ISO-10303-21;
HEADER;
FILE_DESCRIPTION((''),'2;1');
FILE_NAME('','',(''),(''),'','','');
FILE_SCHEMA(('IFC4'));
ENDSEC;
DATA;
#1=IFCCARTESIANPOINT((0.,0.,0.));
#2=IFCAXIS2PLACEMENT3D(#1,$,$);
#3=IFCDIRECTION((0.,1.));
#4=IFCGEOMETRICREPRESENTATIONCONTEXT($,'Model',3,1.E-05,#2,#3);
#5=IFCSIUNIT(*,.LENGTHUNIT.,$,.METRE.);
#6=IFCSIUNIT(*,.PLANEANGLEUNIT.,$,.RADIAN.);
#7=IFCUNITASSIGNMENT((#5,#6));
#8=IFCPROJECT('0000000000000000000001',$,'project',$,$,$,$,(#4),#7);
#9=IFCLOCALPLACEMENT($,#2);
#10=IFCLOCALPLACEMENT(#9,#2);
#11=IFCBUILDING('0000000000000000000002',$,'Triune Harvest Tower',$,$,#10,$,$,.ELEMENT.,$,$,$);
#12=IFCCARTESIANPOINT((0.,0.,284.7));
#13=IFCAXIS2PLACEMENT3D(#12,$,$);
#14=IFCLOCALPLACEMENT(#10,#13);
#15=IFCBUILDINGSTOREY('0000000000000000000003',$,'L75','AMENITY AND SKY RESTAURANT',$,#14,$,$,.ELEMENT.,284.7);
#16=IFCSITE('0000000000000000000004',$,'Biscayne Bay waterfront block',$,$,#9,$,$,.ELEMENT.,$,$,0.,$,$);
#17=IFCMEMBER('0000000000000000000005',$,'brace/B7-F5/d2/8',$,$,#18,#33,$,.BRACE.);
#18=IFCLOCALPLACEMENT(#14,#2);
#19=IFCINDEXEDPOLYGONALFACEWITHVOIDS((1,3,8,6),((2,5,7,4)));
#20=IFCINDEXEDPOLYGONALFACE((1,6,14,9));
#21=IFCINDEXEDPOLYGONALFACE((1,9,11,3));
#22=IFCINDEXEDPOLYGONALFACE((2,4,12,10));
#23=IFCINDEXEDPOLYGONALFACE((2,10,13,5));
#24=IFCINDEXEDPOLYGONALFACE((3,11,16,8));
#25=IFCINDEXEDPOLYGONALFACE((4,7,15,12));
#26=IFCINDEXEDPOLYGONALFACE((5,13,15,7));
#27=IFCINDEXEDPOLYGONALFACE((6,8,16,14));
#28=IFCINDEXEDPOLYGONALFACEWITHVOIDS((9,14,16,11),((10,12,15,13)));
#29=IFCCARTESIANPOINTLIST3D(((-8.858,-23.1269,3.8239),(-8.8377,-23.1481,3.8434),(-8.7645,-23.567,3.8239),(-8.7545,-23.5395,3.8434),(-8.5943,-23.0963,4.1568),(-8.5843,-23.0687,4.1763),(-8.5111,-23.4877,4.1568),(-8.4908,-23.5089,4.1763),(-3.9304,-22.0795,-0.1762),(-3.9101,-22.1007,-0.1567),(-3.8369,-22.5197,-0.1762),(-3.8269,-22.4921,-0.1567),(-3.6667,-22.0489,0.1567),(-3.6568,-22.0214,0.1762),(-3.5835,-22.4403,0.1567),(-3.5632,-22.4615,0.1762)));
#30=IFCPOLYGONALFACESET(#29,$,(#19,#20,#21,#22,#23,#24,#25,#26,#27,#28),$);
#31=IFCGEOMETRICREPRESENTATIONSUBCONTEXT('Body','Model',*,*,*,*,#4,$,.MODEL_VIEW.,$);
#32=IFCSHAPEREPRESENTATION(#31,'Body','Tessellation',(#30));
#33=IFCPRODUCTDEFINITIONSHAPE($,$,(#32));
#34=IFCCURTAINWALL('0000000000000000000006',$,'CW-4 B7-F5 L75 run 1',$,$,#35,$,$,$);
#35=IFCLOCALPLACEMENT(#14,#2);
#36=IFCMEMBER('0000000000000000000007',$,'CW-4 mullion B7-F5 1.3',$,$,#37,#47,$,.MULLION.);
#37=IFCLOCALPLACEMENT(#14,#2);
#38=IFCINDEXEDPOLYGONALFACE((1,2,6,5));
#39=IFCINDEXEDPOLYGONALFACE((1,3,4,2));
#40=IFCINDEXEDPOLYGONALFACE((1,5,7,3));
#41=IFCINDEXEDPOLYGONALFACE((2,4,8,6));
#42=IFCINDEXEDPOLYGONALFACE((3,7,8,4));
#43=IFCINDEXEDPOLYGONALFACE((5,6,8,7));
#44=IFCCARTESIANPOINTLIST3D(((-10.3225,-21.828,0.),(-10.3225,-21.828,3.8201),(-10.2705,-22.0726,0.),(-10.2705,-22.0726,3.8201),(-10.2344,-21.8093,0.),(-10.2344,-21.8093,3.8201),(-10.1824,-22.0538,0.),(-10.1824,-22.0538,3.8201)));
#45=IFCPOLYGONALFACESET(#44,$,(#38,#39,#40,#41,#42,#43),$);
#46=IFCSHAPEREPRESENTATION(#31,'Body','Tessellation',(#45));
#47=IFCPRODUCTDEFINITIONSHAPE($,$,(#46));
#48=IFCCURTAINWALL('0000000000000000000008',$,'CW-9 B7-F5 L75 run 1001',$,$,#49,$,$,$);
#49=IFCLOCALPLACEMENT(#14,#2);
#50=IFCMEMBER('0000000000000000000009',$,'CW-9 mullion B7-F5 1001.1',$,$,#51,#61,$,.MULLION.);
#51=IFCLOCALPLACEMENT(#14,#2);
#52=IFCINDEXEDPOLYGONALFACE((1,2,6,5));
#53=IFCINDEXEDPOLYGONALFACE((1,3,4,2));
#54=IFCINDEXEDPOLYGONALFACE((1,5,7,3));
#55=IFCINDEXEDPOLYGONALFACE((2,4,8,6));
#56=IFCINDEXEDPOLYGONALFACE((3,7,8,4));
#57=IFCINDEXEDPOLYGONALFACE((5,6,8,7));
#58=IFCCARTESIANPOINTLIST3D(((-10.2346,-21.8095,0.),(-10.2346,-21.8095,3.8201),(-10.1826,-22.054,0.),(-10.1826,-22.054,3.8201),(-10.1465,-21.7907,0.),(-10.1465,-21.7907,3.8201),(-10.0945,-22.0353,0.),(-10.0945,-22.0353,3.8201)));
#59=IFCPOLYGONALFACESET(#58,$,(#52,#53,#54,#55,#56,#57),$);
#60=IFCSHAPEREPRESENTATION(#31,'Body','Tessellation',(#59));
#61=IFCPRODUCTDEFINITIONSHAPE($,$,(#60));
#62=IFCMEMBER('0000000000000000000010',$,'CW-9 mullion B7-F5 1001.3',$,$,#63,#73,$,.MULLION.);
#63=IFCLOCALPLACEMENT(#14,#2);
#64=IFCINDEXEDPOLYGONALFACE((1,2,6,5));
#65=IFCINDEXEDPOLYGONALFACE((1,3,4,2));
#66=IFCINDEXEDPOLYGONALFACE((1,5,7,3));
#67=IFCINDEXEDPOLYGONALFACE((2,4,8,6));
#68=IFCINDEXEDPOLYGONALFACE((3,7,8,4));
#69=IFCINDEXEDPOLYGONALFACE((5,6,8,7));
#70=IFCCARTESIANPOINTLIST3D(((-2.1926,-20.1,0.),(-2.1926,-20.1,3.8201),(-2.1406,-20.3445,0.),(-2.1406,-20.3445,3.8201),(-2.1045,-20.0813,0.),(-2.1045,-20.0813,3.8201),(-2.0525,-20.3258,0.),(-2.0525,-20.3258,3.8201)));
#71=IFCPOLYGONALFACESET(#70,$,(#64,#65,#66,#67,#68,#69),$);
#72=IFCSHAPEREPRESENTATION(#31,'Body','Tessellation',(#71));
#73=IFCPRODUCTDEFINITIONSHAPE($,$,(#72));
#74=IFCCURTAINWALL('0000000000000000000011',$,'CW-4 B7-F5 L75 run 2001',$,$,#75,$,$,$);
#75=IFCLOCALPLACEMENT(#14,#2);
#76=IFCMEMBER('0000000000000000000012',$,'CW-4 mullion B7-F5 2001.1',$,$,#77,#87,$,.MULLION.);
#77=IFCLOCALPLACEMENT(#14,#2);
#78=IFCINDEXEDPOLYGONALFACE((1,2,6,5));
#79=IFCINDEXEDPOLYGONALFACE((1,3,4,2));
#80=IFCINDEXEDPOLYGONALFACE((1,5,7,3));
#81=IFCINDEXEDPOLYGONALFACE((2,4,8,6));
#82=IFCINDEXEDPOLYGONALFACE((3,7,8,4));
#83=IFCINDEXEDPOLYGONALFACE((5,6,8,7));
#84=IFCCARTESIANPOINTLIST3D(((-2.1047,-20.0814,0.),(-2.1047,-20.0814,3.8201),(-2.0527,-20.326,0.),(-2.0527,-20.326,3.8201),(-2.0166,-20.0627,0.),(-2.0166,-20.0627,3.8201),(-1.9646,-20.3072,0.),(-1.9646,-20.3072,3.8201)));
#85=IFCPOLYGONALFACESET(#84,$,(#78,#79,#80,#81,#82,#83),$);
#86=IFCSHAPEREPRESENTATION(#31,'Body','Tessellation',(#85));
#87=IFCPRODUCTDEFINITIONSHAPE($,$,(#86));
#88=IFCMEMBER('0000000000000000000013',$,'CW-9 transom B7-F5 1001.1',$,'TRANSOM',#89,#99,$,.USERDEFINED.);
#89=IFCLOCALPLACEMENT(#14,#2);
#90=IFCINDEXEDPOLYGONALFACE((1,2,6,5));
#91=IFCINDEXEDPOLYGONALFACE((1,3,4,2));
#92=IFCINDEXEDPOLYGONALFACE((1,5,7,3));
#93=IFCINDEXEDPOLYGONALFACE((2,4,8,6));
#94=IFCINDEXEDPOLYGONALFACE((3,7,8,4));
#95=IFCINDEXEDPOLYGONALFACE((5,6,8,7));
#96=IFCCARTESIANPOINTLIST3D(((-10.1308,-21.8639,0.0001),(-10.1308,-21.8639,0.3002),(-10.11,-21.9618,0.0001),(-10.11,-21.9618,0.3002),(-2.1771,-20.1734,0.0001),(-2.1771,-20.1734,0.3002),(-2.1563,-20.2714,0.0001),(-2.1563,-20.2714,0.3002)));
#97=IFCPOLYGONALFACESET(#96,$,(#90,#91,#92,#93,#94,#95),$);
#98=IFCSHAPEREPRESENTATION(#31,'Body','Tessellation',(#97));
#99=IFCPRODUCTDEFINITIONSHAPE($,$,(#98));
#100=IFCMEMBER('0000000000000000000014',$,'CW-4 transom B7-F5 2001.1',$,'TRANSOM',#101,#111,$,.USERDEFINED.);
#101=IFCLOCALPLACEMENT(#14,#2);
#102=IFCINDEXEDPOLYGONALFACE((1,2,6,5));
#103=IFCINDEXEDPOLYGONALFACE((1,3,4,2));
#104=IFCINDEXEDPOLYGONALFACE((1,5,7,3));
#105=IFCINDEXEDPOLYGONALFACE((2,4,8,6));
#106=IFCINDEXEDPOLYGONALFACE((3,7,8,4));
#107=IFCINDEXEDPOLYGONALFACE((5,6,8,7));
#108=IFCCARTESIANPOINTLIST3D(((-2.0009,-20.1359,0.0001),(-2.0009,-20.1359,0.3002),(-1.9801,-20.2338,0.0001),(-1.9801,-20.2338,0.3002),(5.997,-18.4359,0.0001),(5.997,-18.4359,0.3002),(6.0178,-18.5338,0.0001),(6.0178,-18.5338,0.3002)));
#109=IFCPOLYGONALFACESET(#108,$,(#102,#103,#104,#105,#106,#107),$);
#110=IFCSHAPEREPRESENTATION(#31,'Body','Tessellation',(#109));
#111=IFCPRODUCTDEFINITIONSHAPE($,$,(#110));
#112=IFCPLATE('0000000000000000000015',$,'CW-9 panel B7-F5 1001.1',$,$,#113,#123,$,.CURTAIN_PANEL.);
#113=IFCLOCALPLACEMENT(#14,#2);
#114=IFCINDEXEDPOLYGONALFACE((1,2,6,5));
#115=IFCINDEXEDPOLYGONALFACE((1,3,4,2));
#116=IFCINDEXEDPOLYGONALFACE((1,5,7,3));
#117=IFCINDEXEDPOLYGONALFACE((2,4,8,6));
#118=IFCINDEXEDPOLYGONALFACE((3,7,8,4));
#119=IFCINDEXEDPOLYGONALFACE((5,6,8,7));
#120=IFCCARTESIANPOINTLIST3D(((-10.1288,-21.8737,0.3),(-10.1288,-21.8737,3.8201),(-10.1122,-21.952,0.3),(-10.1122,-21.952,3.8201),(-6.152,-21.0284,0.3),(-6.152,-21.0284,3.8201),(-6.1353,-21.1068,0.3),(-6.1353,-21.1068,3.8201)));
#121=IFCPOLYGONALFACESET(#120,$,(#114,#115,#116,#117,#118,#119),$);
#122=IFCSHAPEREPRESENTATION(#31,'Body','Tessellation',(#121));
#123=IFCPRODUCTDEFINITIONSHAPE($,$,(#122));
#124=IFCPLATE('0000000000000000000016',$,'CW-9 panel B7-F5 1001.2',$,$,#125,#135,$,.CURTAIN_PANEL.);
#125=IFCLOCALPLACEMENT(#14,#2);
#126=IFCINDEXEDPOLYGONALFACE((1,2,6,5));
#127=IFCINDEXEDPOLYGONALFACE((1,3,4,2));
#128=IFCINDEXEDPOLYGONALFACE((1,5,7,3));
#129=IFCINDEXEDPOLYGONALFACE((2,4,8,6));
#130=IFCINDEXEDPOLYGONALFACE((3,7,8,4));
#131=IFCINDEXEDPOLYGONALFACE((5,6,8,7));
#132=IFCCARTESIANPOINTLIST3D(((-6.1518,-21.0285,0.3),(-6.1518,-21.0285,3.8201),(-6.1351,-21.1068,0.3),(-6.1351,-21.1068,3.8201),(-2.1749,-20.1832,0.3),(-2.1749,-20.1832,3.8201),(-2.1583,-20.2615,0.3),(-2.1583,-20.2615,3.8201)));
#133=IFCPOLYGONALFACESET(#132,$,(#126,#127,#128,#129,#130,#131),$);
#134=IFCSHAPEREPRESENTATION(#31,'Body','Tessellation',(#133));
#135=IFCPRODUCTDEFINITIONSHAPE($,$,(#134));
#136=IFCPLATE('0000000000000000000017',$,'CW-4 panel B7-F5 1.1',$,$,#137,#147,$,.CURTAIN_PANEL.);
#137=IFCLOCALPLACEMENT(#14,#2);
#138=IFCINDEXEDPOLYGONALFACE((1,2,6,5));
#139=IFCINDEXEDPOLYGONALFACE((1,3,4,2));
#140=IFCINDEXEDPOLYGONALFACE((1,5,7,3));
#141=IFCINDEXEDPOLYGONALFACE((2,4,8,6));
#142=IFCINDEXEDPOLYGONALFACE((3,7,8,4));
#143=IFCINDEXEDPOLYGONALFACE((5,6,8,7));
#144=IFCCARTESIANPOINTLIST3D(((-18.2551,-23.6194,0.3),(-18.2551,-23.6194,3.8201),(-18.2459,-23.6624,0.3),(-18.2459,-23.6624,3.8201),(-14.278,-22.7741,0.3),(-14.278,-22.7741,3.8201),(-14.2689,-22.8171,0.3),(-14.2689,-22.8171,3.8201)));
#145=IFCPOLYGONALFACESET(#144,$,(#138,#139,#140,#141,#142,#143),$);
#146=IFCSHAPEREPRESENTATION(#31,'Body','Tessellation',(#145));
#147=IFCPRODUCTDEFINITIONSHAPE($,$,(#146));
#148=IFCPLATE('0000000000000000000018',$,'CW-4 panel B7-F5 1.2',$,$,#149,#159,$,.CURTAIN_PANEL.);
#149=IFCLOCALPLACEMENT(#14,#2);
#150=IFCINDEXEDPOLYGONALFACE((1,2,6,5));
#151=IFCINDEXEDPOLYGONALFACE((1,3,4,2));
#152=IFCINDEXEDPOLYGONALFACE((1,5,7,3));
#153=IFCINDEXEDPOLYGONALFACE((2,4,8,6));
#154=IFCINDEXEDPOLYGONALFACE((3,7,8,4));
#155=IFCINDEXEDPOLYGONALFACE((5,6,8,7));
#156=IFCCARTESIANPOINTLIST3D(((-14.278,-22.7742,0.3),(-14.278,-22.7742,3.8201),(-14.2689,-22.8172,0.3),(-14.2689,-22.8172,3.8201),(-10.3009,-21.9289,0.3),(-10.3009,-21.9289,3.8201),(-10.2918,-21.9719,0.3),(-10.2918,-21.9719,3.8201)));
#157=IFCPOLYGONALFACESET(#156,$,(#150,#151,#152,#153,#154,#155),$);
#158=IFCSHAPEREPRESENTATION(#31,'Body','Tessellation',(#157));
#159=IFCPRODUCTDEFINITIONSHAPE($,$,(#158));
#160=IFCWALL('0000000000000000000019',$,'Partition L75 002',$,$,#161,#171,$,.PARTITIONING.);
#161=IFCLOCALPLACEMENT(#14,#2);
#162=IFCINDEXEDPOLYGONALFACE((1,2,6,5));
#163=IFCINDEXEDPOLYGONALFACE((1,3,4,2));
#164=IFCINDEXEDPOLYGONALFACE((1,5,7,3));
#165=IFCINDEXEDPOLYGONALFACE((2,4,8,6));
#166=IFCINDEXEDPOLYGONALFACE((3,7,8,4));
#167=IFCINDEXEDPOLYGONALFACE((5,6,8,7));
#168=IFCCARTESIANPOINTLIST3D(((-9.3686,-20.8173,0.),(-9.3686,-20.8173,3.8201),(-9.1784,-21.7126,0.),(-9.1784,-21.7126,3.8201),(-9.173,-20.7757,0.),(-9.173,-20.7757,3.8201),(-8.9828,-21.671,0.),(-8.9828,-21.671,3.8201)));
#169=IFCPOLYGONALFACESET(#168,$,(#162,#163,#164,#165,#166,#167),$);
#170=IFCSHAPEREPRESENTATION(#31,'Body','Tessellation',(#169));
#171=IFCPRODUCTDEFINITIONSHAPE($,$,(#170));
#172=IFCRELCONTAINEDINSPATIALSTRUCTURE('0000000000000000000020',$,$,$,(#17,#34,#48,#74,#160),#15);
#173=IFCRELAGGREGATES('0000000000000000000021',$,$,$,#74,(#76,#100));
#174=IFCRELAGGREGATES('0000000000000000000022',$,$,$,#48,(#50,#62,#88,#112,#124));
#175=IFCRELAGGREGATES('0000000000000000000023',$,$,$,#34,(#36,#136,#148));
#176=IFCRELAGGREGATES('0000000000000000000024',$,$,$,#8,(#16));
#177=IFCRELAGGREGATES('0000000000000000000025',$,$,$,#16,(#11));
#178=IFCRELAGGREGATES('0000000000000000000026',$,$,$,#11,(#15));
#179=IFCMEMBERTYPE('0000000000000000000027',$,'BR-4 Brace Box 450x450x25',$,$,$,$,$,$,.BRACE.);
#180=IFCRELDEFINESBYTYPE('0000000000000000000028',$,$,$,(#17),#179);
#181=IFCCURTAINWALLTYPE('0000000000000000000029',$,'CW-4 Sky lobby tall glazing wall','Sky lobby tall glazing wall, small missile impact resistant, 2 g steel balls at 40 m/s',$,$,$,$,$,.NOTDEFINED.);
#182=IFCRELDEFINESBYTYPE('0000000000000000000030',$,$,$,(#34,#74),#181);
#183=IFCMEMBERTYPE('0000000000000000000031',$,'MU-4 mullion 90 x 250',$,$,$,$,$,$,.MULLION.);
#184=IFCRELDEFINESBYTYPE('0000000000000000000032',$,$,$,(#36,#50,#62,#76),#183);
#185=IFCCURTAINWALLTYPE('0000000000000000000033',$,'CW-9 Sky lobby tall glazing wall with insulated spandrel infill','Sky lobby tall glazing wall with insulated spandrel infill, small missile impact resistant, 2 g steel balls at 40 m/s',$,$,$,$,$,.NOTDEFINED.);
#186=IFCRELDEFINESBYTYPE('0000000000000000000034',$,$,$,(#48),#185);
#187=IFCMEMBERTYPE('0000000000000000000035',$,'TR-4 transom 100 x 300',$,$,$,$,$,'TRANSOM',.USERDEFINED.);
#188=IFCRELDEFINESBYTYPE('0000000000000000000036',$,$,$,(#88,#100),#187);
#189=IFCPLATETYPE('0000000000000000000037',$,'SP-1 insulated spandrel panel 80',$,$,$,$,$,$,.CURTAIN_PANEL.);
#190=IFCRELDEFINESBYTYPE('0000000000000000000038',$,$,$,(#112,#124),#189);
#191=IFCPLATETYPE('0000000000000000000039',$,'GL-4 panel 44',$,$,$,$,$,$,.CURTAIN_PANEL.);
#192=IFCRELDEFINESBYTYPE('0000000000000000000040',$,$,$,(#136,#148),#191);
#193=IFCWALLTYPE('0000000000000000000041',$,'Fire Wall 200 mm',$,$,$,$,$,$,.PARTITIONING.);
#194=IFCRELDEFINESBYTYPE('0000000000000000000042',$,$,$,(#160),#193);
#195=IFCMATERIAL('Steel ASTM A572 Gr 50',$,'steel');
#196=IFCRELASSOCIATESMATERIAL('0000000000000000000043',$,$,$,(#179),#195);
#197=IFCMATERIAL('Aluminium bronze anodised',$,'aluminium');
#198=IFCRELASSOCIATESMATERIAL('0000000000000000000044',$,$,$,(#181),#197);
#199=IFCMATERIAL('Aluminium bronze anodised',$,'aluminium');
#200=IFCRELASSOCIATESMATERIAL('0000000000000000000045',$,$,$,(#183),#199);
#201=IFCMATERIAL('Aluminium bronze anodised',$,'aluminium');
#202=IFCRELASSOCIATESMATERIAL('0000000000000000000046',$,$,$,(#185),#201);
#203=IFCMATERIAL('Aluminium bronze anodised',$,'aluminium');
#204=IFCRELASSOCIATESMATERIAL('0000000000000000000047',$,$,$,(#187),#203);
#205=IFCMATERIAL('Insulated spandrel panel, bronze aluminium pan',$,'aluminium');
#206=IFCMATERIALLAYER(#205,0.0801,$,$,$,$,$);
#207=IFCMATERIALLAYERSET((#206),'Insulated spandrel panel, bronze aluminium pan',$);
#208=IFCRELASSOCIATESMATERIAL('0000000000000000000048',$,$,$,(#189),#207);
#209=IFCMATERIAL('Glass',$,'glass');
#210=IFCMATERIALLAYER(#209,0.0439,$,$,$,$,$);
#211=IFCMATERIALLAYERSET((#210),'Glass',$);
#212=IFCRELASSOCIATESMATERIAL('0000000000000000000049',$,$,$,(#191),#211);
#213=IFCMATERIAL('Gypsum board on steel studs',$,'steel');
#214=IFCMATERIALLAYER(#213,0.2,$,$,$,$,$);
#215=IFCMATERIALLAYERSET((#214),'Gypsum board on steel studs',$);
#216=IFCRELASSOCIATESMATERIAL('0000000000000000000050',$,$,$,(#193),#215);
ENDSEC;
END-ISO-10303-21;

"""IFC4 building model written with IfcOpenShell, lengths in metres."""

from ifc_helpers import new_model, si_unit, direction, frame, frame_2d, origin, origin_2d, place, context, subcontext, project, spatial, rectangle, hollow_rectangle, extrude, source, transform, mapped, material, layer, layer_set, material_profile, profile_set, type_object, element, aggregate, save


model = new_model("IFC4")

# Units and contexts
model_context = context("Model", 3, precision=1e-05, world=origin(), true_north=direction((0.0, 1.0)))
body_context = subcontext(model_context, "Body", "Model", "MODEL_VIEW")
ifc_project = project(units=[si_unit("LENGTHUNIT", "METRE"), si_unit("PLANEANGLEUNIT", "RADIAN")], contexts=[model_context])

# Site, building, storey
site_placement = place(None, origin())
site = spatial("IfcSite", under=ifc_project, at=site_placement, Name="Biscayne Bay waterfront block", CompositionType="ELEMENT", RefElevation=0.0)
building_placement = place(site_placement, origin())
building = spatial("IfcBuilding", under=site, at=building_placement, Name="Triune Harvest Tower", CompositionType="ELEMENT")
storey_placement = place(building_placement, frame((0.0, 0.0, 284.7)))
storey = spatial("IfcBuildingStorey", under=building, at=storey_placement, Name="L75", Description="AMENITY AND SKY RESTAURANT", CompositionType="ELEMENT", Elevation=284.7)

# Member
ifc_material_1 = material(Name="Steel ASTM A572 Gr 50", Category="steel")
ifc_material_profile_1 = material_profile(ifc_material_1, hollow_rectangle(XDim=0.45, YDim=0.45, WallThickness=0.0249, at=origin_2d()), Name="Box 450x450x25")
ifc_profile_set_1 = profile_set([ifc_material_profile_1], Name="Steel ASTM A572 Gr 50")
member_type_1 = type_object("IfcMemberType", Name="BR-4 Brace Box 450x450x25", PredefinedType="BRACE", material=ifc_profile_set_1)
shared_shape_1 = source(origin(), body_context, "Body", "SweptSolid", [
    extrude(hollow_rectangle(XDim=0.45, YDim=0.45, WallThickness=0.0249, at=origin_2d()), origin(), (0.0, 0.0, 1.0), 6.4326),
])
member_1_placement = place(storey_placement, frame((-3.7468, -22.2705, 0.0), z_axis=(-0.76603, -0.162824, 0.621842), x_axis=(0.20791, -0.978148, 0.0)))
element("IfcMember", 1, at=member_1_placement, inside=storey, type_object=member_type_1, Name="brace/B7-F5/d2/8", PredefinedType="BRACE", context=body_context, shape_type="MappedRepresentation", body=[
    mapped(shared_shape_1, transform((0.0, 0.0, 0.0), scale=1.0)),
])

# Curtain wall, member
ifc_material_2 = material(Name="Aluminium bronze anodised", Category="aluminium")
curtain_wall_type_1 = type_object("IfcCurtainWallType", Name="CW-4 Sky lobby tall glazing wall", Description="Sky lobby tall glazing wall, small missile impact resistant, 2 g steel balls at 40 m/s", PredefinedType="NOTDEFINED", material=ifc_material_2)
curtain_wall_1_placement = place(storey_placement, origin())
curtain_wall_1 = element("IfcCurtainWall", 2, at=curtain_wall_1_placement, inside=storey, type_object=curtain_wall_type_1, Name="CW-4 B7-F5 L75 run 1")
ifc_material_3 = material(Name="Aluminium bronze anodised", Category="aluminium")
ifc_material_profile_2 = material_profile(ifc_material_3, rectangle(XDim=0.25, YDim=0.0901, at=origin_2d()), Name="MU-4 mullion 90 x 250")
ifc_profile_set_2 = profile_set([ifc_material_profile_2], Name="Aluminium bronze anodised")
member_type_2 = type_object("IfcMemberType", Name="MU-4 mullion 90 x 250", PredefinedType="MULLION", material=ifc_profile_set_2)
shared_shape_2 = source(origin(), body_context, "Body", "SweptSolid", [
    extrude(rectangle(XDim=0.25, YDim=0.0901, at=origin_2d()), origin(), (0.0, 0.0, 1.0), 3.8201),
])
member_2_placement = place(storey_placement, frame((-10.2524, -21.9409, 0.0), z_axis=(0.0, 0.0, 1.0), x_axis=(-0.207913, 0.978147, 0.0)))
member_2 = element("IfcMember", 3, at=member_2_placement, type_object=member_type_2, Name="CW-4 mullion B7-F5 1.3", PredefinedType="MULLION", context=body_context, shape_type="MappedRepresentation", body=[
    mapped(shared_shape_2, transform((0.0, 0.0, 0.0), scale=1.0)),
])

# Curtain wall, members
ifc_material_4 = material(Name="Aluminium bronze anodised", Category="aluminium")
curtain_wall_type_2 = type_object("IfcCurtainWallType", Name="CW-9 Sky lobby tall glazing wall with insulated spandrel infill", Description="Sky lobby tall glazing wall with insulated spandrel infill, small missile impact resistant, 2 g steel balls at 40 m/s", PredefinedType="NOTDEFINED", material=ifc_material_4)
curtain_wall_2_placement = place(storey_placement, origin())
curtain_wall_2 = element("IfcCurtainWall", 4, at=curtain_wall_2_placement, inside=storey, type_object=curtain_wall_type_2, Name="CW-9 B7-F5 L75 run 1001")
member_3_placement = place(storey_placement, frame((-10.1646, -21.9224, 0.0), z_axis=(0.0, 0.0, 1.0), x_axis=(-0.207904, 0.978149, 0.0)))
member_3 = element("IfcMember", 5, at=member_3_placement, type_object=member_type_2, Name="CW-9 mullion B7-F5 1001.1", PredefinedType="MULLION", context=body_context, shape_type="MappedRepresentation", body=[
    mapped(shared_shape_2, transform((0.0, 0.0, 0.0), scale=1.0)),
])
member_4_placement = place(storey_placement, frame((-2.1226, -20.2129, 0.0), z_axis=(0.0, 0.0, 1.0), x_axis=(-0.207904, 0.978149, 0.0)))
member_4 = element("IfcMember", 6, at=member_4_placement, type_object=member_type_2, Name="CW-9 mullion B7-F5 1001.3", PredefinedType="MULLION", context=body_context, shape_type="MappedRepresentation", body=[
    mapped(shared_shape_2, transform((0.0, 0.0, 0.0), scale=1.0)),
])

# Curtain wall, member
curtain_wall_3_placement = place(storey_placement, origin())
curtain_wall_3 = element("IfcCurtainWall", 7, at=curtain_wall_3_placement, inside=storey, type_object=curtain_wall_type_1, Name="CW-4 B7-F5 L75 run 2001")
member_5_placement = place(storey_placement, frame((-2.0347, -20.1943, 0.0), z_axis=(0.0, 0.0, 1.0), x_axis=(-0.207917, 0.978146, 0.0)))
member_5 = element("IfcMember", 8, at=member_5_placement, type_object=member_type_2, Name="CW-4 mullion B7-F5 2001.1", PredefinedType="MULLION", context=body_context, shape_type="MappedRepresentation", body=[
    mapped(shared_shape_2, transform((0.0, 0.0, 0.0), scale=1.0)),
])

# Members
ifc_material_5 = material(Name="Aluminium bronze anodised", Category="aluminium")
ifc_material_profile_3 = material_profile(ifc_material_5, rectangle(XDim=0.1001, YDim=0.3, at=origin_2d()), Name="TR-4 transom 100 x 300")
ifc_profile_set_3 = profile_set([ifc_material_profile_3], Name="Aluminium bronze anodised")
member_type_3 = type_object("IfcMemberType", Name="TR-4 transom 100 x 300", ElementType="TRANSOM", PredefinedType="USERDEFINED", material=ifc_profile_set_3)
shared_shape_3 = source(origin(), body_context, "Body", "SweptSolid", [
    extrude(rectangle(XDim=0.1001, YDim=0.3, at=origin_2d()), origin(), (0.0, 0.0, 1.0), 8.1313),
])
member_6_placement = place(storey_placement, frame((-10.1204, -21.9128, 0.1501), z_axis=(0.978152, 0.207893, 0.0), x_axis=(-0.207893, 0.978152, 0.0)))
member_6 = element("IfcMember", 9, at=member_6_placement, type_object=member_type_3, Name="CW-9 transom B7-F5 1001.1", ObjectType="TRANSOM", PredefinedType="USERDEFINED", context=body_context, shape_type="MappedRepresentation", body=[
    mapped(shared_shape_3, transform((0.0, 0.0, 0.0), scale=1.0)),
])
shared_shape_4 = source(origin(), body_context, "Body", "SweptSolid", [
    extrude(rectangle(XDim=0.1001, YDim=0.3, at=origin_2d()), origin(), (0.0, 0.0, 1.0), 8.1765),
])
member_7_placement = place(storey_placement, frame((-1.9905, -20.1848, 0.1501), z_axis=(0.978148, 0.207908, 0.0), x_axis=(-0.207908, 0.978148, 0.0)))
member_7 = element("IfcMember", 10, at=member_7_placement, type_object=member_type_3, Name="CW-4 transom B7-F5 2001.1", ObjectType="TRANSOM", PredefinedType="USERDEFINED", context=body_context, shape_type="MappedRepresentation", body=[
    mapped(shared_shape_4, transform((0.0, 0.0, 0.0), scale=1.0)),
])
aggregate(curtain_wall_3, [member_5, member_7])

# Plates
ifc_material_6 = material(Name="Insulated spandrel panel, bronze aluminium pan", Category="aluminium")
ifc_layer_1 = layer(ifc_material_6, 0.0801)
ifc_layer_set_1 = layer_set([ifc_layer_1], Name="Insulated spandrel panel, bronze aluminium pan")
plate_type_1 = type_object("IfcPlateType", Name="SP-1 insulated spandrel panel 80", PredefinedType="CURTAIN_PANEL", material=ifc_layer_set_1)
shared_shape_5 = source(origin(), body_context, "Body", "SweptSolid", [
    extrude(rectangle(XDim=4.0657, YDim=0.0801, at=origin_2d()), origin(), (0.0, 0.0, 1.0), 3.52),
])
plate_1_placement = place(storey_placement, frame((-8.1321, -21.4902, 0.3), z_axis=(0.0, 0.0, 1.0), x_axis=(0.978149, 0.207904, 0.0)))
plate_1 = element("IfcPlate", 11, at=plate_1_placement, type_object=plate_type_1, Name="CW-9 panel B7-F5 1001.1", PredefinedType="CURTAIN_PANEL", context=body_context, shape_type="MappedRepresentation", body=[
    mapped(shared_shape_5, transform((0.0, 0.0, 0.0), scale=1.0)),
])
plate_2_placement = place(storey_placement, frame((-4.155, -20.645, 0.3), z_axis=(0.0, 0.0, 1.0), x_axis=(0.978149, 0.207904, 0.0)))
plate_2 = element("IfcPlate", 12, at=plate_2_placement, type_object=plate_type_1, Name="CW-9 panel B7-F5 1001.2", PredefinedType="CURTAIN_PANEL", context=body_context, shape_type="MappedRepresentation", body=[
    mapped(shared_shape_5, transform((0.0, 0.0, 0.0), scale=1.0)),
])
aggregate(curtain_wall_2, [member_3, member_4, member_6, plate_1, plate_2])
ifc_material_7 = material(Name="Glass", Category="glass")
ifc_layer_2 = layer(ifc_material_7, 0.0439)
ifc_layer_set_2 = layer_set([ifc_layer_2], Name="Glass")
plate_type_2 = type_object("IfcPlateType", Name="GL-4 panel 44", PredefinedType="CURTAIN_PANEL", material=ifc_layer_set_2)
shared_shape_6 = source(origin(), body_context, "Body", "SweptSolid", [
    extrude(rectangle(XDim=4.0659, YDim=0.0439, at=origin_2d()), origin(), (0.0, 0.0, 1.0), 3.52),
])
plate_3_placement = place(storey_placement, frame((-16.262, -23.2183, 0.3), z_axis=(0.0, 0.0, 1.0), x_axis=(0.978147, 0.207913, 0.0)))
plate_3 = element("IfcPlate", 13, at=plate_3_placement, type_object=plate_type_2, Name="CW-4 panel B7-F5 1.1", PredefinedType="CURTAIN_PANEL", context=body_context, shape_type="MappedRepresentation", body=[
    mapped(shared_shape_6, transform((0.0, 0.0, 0.0), scale=1.0)),
])
plate_4_placement = place(storey_placement, frame((-12.2849, -22.373, 0.3), z_axis=(0.0, 0.0, 1.0), x_axis=(0.978147, 0.207913, 0.0)))
plate_4 = element("IfcPlate", 14, at=plate_4_placement, type_object=plate_type_2, Name="CW-4 panel B7-F5 1.2", PredefinedType="CURTAIN_PANEL", context=body_context, shape_type="MappedRepresentation", body=[
    mapped(shared_shape_6, transform((0.0, 0.0, 0.0), scale=1.0)),
])
aggregate(curtain_wall_1, [member_2, plate_3, plate_4])

# Wall
ifc_material_8 = material(Name="Gypsum board on steel studs", Category="steel")
ifc_layer_3 = layer(ifc_material_8, 0.2)
ifc_layer_set_3 = layer_set([ifc_layer_3], Name="Gypsum board on steel studs")
wall_type = type_object("IfcWallType", Name="Fire Wall 200 mm", PredefinedType="PARTITIONING", material=ifc_layer_set_3)
shared_shape_7 = source(origin(), body_context, "Body", "SweptSolid", [
    extrude(rectangle(XDim=0.9153, YDim=0.2, at=frame_2d((0.4575, 0.0))), origin(), (0.0, 0.0, 1.0), 3.8201),
])
wall_1_placement = place(storey_placement, frame((-9.2708, -20.7966, 0.0), z_axis=(0.0, 0.0, 1.0), x_axis=(0.207798, -0.978172, 0.0)))
element("IfcWall", 15, at=wall_1_placement, inside=storey, type_object=wall_type, Name="Partition L75 002", PredefinedType="PARTITIONING", context=body_context, shape_type="MappedRepresentation", body=[
    mapped(shared_shape_7, transform((0.0, 0.0, 0.0), scale=1.0)),
])

save(model, "model.ifc")
